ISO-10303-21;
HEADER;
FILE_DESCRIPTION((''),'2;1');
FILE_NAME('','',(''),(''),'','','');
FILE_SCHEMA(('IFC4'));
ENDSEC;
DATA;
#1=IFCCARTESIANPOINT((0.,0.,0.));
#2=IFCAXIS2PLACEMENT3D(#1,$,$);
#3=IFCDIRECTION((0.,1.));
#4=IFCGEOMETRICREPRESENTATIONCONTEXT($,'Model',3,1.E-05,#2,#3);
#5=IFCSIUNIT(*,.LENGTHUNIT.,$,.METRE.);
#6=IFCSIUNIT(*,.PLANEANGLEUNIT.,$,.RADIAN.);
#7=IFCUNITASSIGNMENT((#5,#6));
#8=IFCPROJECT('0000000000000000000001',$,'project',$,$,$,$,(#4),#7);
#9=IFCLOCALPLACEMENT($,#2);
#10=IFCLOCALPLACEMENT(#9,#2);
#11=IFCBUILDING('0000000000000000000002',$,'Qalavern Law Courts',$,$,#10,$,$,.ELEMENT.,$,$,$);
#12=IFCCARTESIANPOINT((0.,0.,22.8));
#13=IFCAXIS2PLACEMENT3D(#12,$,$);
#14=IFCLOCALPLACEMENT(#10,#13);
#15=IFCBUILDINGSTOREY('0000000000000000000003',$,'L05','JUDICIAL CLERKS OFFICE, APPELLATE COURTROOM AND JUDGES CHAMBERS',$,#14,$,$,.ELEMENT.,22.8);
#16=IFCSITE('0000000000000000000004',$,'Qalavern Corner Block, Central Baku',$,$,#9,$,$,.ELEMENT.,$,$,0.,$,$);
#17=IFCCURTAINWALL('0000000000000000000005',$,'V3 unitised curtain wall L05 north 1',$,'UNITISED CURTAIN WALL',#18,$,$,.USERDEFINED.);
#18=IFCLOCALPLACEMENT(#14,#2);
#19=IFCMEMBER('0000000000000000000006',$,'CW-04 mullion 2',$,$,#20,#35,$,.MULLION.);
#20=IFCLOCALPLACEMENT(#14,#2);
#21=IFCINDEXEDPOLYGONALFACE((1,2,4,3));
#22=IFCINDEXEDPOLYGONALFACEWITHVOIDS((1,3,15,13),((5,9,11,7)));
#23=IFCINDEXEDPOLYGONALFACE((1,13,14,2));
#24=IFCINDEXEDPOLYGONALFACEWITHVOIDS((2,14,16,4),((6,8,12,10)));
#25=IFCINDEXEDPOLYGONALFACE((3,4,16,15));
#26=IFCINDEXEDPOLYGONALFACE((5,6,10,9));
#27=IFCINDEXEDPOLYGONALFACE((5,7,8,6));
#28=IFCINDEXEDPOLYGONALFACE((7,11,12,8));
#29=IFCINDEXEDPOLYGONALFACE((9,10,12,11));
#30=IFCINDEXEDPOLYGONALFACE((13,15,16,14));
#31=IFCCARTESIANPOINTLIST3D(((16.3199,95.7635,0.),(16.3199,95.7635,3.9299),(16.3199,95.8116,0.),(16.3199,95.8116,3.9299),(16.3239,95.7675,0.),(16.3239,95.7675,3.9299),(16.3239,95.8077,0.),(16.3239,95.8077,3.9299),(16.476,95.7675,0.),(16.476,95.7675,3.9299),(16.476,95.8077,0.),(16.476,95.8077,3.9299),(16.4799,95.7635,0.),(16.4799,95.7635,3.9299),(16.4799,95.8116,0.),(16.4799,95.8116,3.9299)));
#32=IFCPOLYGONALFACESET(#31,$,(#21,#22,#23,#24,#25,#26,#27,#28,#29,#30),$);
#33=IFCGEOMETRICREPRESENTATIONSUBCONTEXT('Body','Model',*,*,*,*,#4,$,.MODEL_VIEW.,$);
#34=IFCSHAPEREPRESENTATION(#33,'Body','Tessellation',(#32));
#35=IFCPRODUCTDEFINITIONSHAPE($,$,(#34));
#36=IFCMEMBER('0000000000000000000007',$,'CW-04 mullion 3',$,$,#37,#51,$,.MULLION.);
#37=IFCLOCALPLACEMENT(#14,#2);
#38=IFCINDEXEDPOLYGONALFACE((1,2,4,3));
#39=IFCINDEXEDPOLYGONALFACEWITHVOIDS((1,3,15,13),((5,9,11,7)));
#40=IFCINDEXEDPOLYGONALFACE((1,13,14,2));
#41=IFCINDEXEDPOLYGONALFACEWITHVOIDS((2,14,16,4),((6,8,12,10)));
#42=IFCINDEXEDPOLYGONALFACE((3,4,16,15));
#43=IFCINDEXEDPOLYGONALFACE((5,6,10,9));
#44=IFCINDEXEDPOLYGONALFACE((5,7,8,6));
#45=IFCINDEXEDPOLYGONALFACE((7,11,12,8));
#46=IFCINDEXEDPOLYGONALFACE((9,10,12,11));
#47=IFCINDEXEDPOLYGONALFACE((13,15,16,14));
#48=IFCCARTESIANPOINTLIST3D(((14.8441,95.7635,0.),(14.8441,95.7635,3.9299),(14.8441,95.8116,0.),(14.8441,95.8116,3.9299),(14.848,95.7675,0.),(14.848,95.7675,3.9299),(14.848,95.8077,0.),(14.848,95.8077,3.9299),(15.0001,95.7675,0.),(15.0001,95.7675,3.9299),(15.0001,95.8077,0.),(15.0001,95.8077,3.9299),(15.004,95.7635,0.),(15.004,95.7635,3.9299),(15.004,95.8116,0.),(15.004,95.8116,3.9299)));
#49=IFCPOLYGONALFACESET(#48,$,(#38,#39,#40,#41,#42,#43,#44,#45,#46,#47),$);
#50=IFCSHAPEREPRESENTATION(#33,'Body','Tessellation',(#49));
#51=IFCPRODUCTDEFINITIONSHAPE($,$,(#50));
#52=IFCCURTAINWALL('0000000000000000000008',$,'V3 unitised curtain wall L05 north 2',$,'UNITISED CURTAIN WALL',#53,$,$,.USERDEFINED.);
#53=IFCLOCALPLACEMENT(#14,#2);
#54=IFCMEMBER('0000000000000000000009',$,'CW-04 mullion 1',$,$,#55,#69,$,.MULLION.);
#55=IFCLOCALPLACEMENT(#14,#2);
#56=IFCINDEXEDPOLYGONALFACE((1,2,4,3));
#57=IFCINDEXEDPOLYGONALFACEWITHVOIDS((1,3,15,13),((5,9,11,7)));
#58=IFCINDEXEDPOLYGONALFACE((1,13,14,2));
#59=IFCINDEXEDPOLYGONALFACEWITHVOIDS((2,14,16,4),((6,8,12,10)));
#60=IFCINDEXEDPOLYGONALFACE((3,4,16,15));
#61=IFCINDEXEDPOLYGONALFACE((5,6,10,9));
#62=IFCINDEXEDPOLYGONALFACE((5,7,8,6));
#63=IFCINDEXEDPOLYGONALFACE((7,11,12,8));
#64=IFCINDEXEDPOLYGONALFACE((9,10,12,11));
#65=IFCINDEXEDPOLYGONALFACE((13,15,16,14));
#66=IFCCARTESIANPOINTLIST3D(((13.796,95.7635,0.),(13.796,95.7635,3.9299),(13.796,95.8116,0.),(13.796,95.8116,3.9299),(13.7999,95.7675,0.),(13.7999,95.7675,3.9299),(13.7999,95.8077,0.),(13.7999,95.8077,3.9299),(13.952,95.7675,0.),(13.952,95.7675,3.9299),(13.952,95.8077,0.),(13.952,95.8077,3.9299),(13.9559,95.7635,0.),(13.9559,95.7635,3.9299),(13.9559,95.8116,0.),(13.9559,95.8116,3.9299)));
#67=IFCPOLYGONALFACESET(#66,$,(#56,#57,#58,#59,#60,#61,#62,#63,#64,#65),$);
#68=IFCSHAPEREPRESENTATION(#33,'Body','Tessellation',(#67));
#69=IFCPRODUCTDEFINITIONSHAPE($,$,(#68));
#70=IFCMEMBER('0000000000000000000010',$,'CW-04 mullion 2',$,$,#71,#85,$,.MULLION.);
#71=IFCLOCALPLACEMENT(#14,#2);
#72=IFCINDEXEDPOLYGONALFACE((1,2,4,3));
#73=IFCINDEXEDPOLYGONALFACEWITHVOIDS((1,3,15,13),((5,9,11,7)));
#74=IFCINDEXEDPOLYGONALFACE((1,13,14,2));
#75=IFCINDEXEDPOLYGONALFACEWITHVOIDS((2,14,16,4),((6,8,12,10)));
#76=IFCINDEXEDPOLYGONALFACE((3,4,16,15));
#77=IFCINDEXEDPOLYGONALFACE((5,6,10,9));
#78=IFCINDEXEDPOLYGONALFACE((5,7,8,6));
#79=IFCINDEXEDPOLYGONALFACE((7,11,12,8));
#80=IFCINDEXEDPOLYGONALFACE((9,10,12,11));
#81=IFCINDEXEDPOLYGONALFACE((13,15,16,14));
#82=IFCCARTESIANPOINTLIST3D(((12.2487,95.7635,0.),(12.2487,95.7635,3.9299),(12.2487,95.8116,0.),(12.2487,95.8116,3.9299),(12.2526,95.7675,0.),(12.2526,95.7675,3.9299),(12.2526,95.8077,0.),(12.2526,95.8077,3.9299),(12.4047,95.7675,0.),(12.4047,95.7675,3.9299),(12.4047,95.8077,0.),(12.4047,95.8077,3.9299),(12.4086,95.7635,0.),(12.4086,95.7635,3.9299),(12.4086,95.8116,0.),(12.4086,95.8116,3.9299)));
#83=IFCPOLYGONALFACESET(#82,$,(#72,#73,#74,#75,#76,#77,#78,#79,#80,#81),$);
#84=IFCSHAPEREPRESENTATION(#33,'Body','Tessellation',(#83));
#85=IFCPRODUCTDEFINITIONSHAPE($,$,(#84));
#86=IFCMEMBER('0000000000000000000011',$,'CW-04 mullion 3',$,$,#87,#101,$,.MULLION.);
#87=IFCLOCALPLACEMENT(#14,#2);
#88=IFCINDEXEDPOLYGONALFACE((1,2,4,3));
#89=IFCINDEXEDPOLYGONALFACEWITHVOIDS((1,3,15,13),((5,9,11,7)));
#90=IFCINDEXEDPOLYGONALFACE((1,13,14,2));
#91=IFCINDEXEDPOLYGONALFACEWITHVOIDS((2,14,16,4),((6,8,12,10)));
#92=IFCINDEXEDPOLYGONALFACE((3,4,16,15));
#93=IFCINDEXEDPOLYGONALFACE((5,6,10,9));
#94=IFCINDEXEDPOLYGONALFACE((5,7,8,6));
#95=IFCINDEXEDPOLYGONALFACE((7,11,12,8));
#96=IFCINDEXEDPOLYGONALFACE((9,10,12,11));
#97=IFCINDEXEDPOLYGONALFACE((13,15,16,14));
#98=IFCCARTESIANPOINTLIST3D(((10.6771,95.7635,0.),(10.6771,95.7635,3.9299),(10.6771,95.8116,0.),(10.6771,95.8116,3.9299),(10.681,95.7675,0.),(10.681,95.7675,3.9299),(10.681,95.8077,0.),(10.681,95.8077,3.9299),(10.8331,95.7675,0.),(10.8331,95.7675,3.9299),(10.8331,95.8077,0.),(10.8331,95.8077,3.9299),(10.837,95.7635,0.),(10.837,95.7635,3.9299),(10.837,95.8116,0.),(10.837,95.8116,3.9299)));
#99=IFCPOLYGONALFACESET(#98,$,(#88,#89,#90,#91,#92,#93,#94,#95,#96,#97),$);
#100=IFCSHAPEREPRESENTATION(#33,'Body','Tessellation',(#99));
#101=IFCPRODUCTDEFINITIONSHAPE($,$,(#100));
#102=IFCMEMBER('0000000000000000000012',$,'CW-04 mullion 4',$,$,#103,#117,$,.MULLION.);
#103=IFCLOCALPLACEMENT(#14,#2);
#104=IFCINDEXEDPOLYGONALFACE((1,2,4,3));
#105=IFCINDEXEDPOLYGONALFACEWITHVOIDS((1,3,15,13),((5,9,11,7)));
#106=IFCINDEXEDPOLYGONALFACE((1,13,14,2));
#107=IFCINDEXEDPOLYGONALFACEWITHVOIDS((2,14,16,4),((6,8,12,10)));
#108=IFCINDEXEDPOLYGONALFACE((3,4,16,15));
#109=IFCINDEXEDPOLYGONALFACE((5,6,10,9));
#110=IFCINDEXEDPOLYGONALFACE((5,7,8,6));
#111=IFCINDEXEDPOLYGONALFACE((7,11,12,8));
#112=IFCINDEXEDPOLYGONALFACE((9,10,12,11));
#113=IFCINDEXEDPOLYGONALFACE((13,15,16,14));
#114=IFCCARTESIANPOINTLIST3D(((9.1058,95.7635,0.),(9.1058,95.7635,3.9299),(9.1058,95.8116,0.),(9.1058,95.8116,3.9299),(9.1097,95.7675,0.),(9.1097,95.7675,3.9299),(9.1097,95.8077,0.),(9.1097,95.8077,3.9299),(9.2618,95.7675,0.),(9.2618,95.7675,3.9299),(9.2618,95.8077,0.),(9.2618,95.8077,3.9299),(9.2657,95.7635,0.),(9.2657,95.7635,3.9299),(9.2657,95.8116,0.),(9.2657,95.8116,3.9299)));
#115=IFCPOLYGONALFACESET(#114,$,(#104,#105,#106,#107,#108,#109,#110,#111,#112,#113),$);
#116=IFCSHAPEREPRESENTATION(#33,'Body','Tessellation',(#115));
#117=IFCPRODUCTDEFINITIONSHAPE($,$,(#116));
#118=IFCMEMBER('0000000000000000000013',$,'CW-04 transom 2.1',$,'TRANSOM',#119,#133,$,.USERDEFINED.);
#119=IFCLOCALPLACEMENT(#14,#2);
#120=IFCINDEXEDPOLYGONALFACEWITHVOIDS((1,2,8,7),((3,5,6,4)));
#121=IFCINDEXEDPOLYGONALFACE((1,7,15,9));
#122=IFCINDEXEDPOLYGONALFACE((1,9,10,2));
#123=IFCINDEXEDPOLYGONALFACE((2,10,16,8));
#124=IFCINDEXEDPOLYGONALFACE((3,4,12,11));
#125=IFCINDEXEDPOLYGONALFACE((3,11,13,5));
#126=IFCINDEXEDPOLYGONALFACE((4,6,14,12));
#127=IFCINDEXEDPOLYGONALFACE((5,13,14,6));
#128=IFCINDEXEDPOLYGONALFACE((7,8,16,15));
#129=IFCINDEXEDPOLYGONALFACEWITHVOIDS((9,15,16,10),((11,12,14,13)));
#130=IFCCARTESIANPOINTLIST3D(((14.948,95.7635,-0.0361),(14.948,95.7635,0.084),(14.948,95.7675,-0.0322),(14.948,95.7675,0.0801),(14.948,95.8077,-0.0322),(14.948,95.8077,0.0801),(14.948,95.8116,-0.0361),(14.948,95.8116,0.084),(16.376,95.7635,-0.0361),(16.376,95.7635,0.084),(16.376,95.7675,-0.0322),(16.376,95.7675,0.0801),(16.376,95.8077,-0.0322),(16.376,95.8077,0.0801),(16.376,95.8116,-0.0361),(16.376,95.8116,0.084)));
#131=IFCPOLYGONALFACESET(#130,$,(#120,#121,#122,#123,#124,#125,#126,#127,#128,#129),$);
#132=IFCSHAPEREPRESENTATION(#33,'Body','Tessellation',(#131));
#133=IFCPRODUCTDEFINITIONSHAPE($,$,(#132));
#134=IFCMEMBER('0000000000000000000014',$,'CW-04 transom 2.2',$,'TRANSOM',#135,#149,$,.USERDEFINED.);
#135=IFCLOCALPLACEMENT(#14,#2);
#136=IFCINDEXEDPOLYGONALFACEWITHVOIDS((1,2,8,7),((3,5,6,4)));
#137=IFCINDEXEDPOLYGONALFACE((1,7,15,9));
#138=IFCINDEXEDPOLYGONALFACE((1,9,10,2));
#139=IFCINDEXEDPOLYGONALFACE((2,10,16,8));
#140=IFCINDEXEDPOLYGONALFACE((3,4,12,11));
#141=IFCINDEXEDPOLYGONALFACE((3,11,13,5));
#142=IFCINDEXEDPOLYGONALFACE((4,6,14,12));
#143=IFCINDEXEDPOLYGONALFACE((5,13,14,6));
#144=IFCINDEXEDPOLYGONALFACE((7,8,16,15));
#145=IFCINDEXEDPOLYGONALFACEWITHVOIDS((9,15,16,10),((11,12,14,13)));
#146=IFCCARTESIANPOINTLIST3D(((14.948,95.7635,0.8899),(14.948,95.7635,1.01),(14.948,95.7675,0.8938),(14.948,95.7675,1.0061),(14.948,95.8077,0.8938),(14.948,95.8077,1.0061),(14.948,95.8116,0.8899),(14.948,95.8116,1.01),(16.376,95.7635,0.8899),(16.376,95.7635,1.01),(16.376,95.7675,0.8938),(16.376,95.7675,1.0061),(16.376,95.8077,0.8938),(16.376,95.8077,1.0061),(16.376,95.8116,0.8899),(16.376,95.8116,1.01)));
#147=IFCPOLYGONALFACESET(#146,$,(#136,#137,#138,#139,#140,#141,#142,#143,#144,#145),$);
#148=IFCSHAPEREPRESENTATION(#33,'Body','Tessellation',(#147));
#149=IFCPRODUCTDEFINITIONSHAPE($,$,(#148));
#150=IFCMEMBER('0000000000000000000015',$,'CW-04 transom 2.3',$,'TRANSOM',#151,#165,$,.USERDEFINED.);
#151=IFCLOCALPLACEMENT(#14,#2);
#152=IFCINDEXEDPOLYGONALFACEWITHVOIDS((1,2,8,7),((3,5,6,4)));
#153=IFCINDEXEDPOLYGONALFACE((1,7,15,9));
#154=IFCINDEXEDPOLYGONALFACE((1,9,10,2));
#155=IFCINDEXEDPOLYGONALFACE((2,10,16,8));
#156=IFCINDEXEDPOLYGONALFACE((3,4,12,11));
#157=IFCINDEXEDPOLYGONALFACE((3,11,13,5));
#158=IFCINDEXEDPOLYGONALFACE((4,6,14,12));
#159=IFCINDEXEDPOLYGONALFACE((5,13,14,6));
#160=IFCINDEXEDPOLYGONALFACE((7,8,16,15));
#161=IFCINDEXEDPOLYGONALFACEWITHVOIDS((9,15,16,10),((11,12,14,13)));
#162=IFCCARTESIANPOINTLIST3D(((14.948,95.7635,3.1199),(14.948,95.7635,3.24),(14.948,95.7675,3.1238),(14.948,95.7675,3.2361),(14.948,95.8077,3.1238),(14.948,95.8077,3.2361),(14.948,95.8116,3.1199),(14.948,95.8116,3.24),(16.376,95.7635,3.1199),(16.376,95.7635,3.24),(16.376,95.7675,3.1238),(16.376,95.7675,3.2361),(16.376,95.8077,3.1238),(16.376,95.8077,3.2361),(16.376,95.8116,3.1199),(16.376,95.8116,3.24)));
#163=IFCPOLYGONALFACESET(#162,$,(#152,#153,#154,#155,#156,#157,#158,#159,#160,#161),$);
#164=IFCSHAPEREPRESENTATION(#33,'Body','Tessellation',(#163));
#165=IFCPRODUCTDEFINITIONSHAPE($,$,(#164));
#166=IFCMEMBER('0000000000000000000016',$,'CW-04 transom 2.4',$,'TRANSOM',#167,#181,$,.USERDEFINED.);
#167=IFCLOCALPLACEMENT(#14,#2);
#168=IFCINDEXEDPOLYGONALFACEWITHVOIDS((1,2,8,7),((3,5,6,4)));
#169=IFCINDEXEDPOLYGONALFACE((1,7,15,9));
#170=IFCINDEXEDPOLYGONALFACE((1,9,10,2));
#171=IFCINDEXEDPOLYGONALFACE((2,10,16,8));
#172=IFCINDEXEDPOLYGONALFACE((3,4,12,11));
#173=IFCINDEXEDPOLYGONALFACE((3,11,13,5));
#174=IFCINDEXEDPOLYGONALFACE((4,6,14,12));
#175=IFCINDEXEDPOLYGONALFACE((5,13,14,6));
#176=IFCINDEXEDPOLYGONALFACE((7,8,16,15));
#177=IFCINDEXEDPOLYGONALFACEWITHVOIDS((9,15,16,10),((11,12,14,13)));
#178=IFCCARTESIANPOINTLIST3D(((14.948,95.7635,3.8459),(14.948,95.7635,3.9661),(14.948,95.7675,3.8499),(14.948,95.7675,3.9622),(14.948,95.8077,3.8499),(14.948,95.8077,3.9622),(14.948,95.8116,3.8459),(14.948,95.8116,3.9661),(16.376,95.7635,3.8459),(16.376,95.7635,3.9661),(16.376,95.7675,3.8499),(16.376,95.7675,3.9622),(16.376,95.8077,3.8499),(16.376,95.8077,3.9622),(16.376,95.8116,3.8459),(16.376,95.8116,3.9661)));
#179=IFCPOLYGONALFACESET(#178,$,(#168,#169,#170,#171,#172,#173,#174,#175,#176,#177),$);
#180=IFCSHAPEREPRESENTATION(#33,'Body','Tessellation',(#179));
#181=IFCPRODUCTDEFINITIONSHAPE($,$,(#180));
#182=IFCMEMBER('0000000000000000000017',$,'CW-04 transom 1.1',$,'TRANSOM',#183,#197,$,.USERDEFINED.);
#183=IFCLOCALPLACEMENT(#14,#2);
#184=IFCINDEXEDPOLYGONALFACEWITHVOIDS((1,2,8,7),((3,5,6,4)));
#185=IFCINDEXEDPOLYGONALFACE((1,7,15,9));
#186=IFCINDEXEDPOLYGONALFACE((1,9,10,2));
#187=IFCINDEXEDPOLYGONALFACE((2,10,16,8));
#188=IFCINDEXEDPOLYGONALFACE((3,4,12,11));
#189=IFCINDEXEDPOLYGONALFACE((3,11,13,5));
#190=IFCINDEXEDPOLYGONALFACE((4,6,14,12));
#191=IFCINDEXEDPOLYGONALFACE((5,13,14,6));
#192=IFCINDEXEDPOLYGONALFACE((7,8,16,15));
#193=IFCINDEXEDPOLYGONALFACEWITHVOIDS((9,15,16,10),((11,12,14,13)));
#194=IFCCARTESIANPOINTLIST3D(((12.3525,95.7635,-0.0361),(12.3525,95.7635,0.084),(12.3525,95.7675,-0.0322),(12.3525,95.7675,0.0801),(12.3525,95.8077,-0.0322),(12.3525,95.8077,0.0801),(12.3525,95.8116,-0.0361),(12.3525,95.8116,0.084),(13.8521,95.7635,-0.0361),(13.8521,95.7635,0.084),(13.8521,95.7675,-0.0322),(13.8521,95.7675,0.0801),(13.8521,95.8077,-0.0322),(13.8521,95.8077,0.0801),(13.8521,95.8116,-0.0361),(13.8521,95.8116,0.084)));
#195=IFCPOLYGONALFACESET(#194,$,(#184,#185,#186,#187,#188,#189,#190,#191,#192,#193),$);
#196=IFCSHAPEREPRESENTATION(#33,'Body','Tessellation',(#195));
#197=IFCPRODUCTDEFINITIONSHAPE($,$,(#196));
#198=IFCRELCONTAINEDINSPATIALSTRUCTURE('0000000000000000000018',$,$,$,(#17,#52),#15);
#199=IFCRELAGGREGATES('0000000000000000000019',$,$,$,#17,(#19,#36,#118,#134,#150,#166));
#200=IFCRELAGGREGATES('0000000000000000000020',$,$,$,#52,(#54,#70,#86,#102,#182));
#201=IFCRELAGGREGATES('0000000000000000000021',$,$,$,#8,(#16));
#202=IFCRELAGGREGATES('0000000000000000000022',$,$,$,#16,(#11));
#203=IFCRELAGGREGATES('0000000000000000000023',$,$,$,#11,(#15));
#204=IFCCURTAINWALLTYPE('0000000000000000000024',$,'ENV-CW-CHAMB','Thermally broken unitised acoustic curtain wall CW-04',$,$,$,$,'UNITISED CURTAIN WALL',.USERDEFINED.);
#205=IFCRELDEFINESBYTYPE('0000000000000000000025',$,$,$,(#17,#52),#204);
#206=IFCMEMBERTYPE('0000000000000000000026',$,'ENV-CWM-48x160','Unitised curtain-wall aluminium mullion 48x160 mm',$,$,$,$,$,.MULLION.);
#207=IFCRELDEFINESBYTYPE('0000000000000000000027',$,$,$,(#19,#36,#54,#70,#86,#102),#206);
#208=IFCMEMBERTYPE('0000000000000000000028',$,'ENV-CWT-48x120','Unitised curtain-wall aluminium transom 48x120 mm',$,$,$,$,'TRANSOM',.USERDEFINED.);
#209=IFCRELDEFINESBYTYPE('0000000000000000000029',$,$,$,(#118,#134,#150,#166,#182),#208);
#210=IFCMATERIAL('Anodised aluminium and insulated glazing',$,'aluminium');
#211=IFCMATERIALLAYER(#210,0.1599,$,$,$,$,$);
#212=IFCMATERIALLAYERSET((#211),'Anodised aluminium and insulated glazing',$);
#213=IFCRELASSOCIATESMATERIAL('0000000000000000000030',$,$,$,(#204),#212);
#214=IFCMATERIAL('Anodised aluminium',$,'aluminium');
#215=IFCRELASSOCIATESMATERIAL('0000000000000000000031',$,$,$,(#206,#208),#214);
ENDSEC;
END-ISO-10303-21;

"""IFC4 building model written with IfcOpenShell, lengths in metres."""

from ifc_helpers import new_model, si_unit, direction, frame, origin, origin_2d, place, context, subcontext, project, spatial, hollow_rectangle, extrude, material, layer, layer_set, material_profile, profile_set, type_object, element, aggregate, save


model = new_model("IFC4")

# Units and contexts
model_context = context("Model", 3, precision=1e-05, world=origin(), true_north=direction((0.0, 1.0)))
body_context = subcontext(model_context, "Body", "Model", "MODEL_VIEW")
ifc_project = project(units=[si_unit("LENGTHUNIT", "METRE"), si_unit("PLANEANGLEUNIT", "RADIAN")], contexts=[model_context])

# Site, building, storey
site_placement = place(None, origin())
site = spatial("IfcSite", under=ifc_project, at=site_placement, Name="Qalavern Corner Block, Central Baku", CompositionType="ELEMENT", RefElevation=0.0)
building_placement = place(site_placement, origin())
building = spatial("IfcBuilding", under=site, at=building_placement, Name="Qalavern Law Courts", CompositionType="ELEMENT")
storey_placement = place(building_placement, frame((0.0, 0.0, 22.8)))
storey = spatial("IfcBuildingStorey", under=building, at=storey_placement, Name="L05", Description="JUDICIAL CLERKS OFFICE, APPELLATE COURTROOM AND JUDGES CHAMBERS", CompositionType="ELEMENT", Elevation=22.8)

# Curtain walls, members
ifc_material_1 = material(Name="Anodised aluminium and insulated glazing", Category="aluminium")
ifc_layer_1 = layer(ifc_material_1, 0.1599)
ifc_layer_set_1 = layer_set([ifc_layer_1], Name="Anodised aluminium and insulated glazing")
curtain_wall_type = type_object("IfcCurtainWallType", Name="ENV-CW-CHAMB", Description="Thermally broken unitised acoustic curtain wall CW-04", ElementType="UNITISED CURTAIN WALL", PredefinedType="USERDEFINED", material=ifc_layer_set_1)
curtain_wall_1_placement = place(storey_placement, origin())
curtain_wall_1 = element("IfcCurtainWall", 1, at=curtain_wall_1_placement, inside=storey, type_object=curtain_wall_type, Name="V3 unitised curtain wall L05 north 1", ObjectType="UNITISED CURTAIN WALL", PredefinedType="USERDEFINED")
ifc_material_2 = material(Name="Anodised aluminium", Category="aluminium")
ifc_material_profile_1 = material_profile(ifc_material_2, hollow_rectangle(XDim=0.0481, YDim=0.1599, WallThickness=0.0039, at=origin_2d()), Name="ALU MULLION 48x160")
ifc_profile_set_1 = profile_set([ifc_material_profile_1], Name="Anodised aluminium")
member_type_1 = type_object("IfcMemberType", Name="ENV-CWM-48x160", Description="Unitised curtain-wall aluminium mullion 48x160 mm", PredefinedType="MULLION", material=ifc_profile_set_1)
member_1_placement = place(storey_placement, frame((16.3999, 95.7876, 0.0), z_axis=(0.0, 0.0, 1.0), x_axis=(0.0, -1.0, 0.0)))
member_1 = element("IfcMember", 2, at=member_1_placement, type_object=member_type_1, Name="CW-04 mullion 2", PredefinedType="MULLION", context=body_context, shape_type="SweptSolid", body=[
    extrude(hollow_rectangle(XDim=0.0481, YDim=0.1599, WallThickness=0.0039, at=origin_2d()), origin(), (0.0, 0.0, 1.0), 3.9299),
])
member_2_placement = place(storey_placement, frame((14.9241, 95.7876, 0.0), z_axis=(0.0, 0.0, 1.0), x_axis=(0.0, -1.0, 0.0)))
member_2 = element("IfcMember", 3, at=member_2_placement, type_object=member_type_1, Name="CW-04 mullion 3", PredefinedType="MULLION", context=body_context, shape_type="SweptSolid", body=[
    extrude(hollow_rectangle(XDim=0.0481, YDim=0.1599, WallThickness=0.0039, at=origin_2d()), origin(), (0.0, 0.0, 1.0), 3.9299),
])
curtain_wall_2_placement = place(storey_placement, origin())
curtain_wall_2 = element("IfcCurtainWall", 4, at=curtain_wall_2_placement, inside=storey, type_object=curtain_wall_type, Name="V3 unitised curtain wall L05 north 2", ObjectType="UNITISED CURTAIN WALL", PredefinedType="USERDEFINED")
member_3_placement = place(storey_placement, frame((13.876, 95.7876, 0.0), z_axis=(0.0, 0.0, 1.0), x_axis=(0.0, -1.0, 0.0)))
member_3 = element("IfcMember", 5, at=member_3_placement, type_object=member_type_1, Name="CW-04 mullion 1", PredefinedType="MULLION", context=body_context, shape_type="SweptSolid", body=[
    extrude(hollow_rectangle(XDim=0.0481, YDim=0.1599, WallThickness=0.0039, at=origin_2d()), origin(), (0.0, 0.0, 1.0), 3.9299),
])
member_4_placement = place(storey_placement, frame((12.3286, 95.7876, 0.0), z_axis=(0.0, 0.0, 1.0), x_axis=(0.0, -1.0, 0.0)))
member_4 = element("IfcMember", 6, at=member_4_placement, type_object=member_type_1, Name="CW-04 mullion 2", PredefinedType="MULLION", context=body_context, shape_type="SweptSolid", body=[
    extrude(hollow_rectangle(XDim=0.0481, YDim=0.1599, WallThickness=0.0039, at=origin_2d()), origin(), (0.0, 0.0, 1.0), 3.9299),
])
member_5_placement = place(storey_placement, frame((10.7571, 95.7876, 0.0), z_axis=(0.0, 0.0, 1.0), x_axis=(0.0, -1.0, 0.0)))
member_5 = element("IfcMember", 7, at=member_5_placement, type_object=member_type_1, Name="CW-04 mullion 3", PredefinedType="MULLION", context=body_context, shape_type="SweptSolid", body=[
    extrude(hollow_rectangle(XDim=0.0481, YDim=0.1599, WallThickness=0.0039, at=origin_2d()), origin(), (0.0, 0.0, 1.0), 3.9299),
])
member_6_placement = place(storey_placement, frame((9.1858, 95.7876, 0.0), z_axis=(0.0, 0.0, 1.0), x_axis=(0.0, -1.0, 0.0)))
member_6 = element("IfcMember", 8, at=member_6_placement, type_object=member_type_1, Name="CW-04 mullion 4", PredefinedType="MULLION", context=body_context, shape_type="SweptSolid", body=[
    extrude(hollow_rectangle(XDim=0.0481, YDim=0.1599, WallThickness=0.0039, at=origin_2d()), origin(), (0.0, 0.0, 1.0), 3.9299),
])

# Members
ifc_material_profile_2 = material_profile(ifc_material_2, hollow_rectangle(XDim=0.0481, YDim=0.1201, WallThickness=0.0039, at=origin_2d()), Name="ALU TRANSOM 48x120")
ifc_profile_set_2 = profile_set([ifc_material_profile_2], Name="Anodised aluminium")
member_type_2 = type_object("IfcMemberType", Name="ENV-CWT-48x120", Description="Unitised curtain-wall aluminium transom 48x120 mm", ElementType="TRANSOM", PredefinedType="USERDEFINED", material=ifc_profile_set_2)
member_7_placement = place(storey_placement, frame((16.376, 95.7876, 0.0239), z_axis=(-1.0, 0.0, 0.0), x_axis=(0.0, -1.0, 0.0)))
member_7 = element("IfcMember", 9, at=member_7_placement, type_object=member_type_2, Name="CW-04 transom 2.1", ObjectType="TRANSOM", PredefinedType="USERDEFINED", context=body_context, shape_type="SweptSolid", body=[
    extrude(hollow_rectangle(XDim=0.0481, YDim=0.1201, WallThickness=0.0039, at=origin_2d()), origin(), (0.0, 0.0, 1.0), 1.428),
])
member_8_placement = place(storey_placement, frame((16.376, 95.7876, 0.95), z_axis=(-1.0, 0.0, 0.0), x_axis=(0.0, -1.0, 0.0)))
member_8 = element("IfcMember", 10, at=member_8_placement, type_object=member_type_2, Name="CW-04 transom 2.2", ObjectType="TRANSOM", PredefinedType="USERDEFINED", context=body_context, shape_type="SweptSolid", body=[
    extrude(hollow_rectangle(XDim=0.0481, YDim=0.1201, WallThickness=0.0039, at=origin_2d()), origin(), (0.0, 0.0, 1.0), 1.428),
])
member_9_placement = place(storey_placement, frame((16.376, 95.7876, 3.1799), z_axis=(-1.0, 0.0, 0.0), x_axis=(0.0, -1.0, 0.0)))
member_9 = element("IfcMember", 11, at=member_9_placement, type_object=member_type_2, Name="CW-04 transom 2.3", ObjectType="TRANSOM", PredefinedType="USERDEFINED", context=body_context, shape_type="SweptSolid", body=[
    extrude(hollow_rectangle(XDim=0.0481, YDim=0.1201, WallThickness=0.0039, at=origin_2d()), origin(), (0.0, 0.0, 1.0), 1.428),
])
member_10_placement = place(storey_placement, frame((16.376, 95.7876, 3.906), z_axis=(-1.0, 0.0, 0.0), x_axis=(0.0, -1.0, 0.0)))
member_10 = element("IfcMember", 12, at=member_10_placement, type_object=member_type_2, Name="CW-04 transom 2.4", ObjectType="TRANSOM", PredefinedType="USERDEFINED", context=body_context, shape_type="SweptSolid", body=[
    extrude(hollow_rectangle(XDim=0.0481, YDim=0.1201, WallThickness=0.0039, at=origin_2d()), origin(), (0.0, 0.0, 1.0), 1.428),
])
member_11_placement = place(storey_placement, frame((13.8521, 95.7876, 0.0239), z_axis=(-1.0, 0.0, 0.0), x_axis=(0.0, -1.0, 0.0)))
member_11 = element("IfcMember", 13, at=member_11_placement, type_object=member_type_2, Name="CW-04 transom 1.1", ObjectType="TRANSOM", PredefinedType="USERDEFINED", context=body_context, shape_type="SweptSolid", body=[
    extrude(hollow_rectangle(XDim=0.0481, YDim=0.1201, WallThickness=0.0039, at=origin_2d()), origin(), (0.0, 0.0, 1.0), 1.4995),
])

aggregate(curtain_wall_1, [member_1, member_2, member_7, member_8, member_9, member_10])
aggregate(curtain_wall_2, [member_3, member_4, member_5, member_6, member_11])

save(model, "model.ifc")
